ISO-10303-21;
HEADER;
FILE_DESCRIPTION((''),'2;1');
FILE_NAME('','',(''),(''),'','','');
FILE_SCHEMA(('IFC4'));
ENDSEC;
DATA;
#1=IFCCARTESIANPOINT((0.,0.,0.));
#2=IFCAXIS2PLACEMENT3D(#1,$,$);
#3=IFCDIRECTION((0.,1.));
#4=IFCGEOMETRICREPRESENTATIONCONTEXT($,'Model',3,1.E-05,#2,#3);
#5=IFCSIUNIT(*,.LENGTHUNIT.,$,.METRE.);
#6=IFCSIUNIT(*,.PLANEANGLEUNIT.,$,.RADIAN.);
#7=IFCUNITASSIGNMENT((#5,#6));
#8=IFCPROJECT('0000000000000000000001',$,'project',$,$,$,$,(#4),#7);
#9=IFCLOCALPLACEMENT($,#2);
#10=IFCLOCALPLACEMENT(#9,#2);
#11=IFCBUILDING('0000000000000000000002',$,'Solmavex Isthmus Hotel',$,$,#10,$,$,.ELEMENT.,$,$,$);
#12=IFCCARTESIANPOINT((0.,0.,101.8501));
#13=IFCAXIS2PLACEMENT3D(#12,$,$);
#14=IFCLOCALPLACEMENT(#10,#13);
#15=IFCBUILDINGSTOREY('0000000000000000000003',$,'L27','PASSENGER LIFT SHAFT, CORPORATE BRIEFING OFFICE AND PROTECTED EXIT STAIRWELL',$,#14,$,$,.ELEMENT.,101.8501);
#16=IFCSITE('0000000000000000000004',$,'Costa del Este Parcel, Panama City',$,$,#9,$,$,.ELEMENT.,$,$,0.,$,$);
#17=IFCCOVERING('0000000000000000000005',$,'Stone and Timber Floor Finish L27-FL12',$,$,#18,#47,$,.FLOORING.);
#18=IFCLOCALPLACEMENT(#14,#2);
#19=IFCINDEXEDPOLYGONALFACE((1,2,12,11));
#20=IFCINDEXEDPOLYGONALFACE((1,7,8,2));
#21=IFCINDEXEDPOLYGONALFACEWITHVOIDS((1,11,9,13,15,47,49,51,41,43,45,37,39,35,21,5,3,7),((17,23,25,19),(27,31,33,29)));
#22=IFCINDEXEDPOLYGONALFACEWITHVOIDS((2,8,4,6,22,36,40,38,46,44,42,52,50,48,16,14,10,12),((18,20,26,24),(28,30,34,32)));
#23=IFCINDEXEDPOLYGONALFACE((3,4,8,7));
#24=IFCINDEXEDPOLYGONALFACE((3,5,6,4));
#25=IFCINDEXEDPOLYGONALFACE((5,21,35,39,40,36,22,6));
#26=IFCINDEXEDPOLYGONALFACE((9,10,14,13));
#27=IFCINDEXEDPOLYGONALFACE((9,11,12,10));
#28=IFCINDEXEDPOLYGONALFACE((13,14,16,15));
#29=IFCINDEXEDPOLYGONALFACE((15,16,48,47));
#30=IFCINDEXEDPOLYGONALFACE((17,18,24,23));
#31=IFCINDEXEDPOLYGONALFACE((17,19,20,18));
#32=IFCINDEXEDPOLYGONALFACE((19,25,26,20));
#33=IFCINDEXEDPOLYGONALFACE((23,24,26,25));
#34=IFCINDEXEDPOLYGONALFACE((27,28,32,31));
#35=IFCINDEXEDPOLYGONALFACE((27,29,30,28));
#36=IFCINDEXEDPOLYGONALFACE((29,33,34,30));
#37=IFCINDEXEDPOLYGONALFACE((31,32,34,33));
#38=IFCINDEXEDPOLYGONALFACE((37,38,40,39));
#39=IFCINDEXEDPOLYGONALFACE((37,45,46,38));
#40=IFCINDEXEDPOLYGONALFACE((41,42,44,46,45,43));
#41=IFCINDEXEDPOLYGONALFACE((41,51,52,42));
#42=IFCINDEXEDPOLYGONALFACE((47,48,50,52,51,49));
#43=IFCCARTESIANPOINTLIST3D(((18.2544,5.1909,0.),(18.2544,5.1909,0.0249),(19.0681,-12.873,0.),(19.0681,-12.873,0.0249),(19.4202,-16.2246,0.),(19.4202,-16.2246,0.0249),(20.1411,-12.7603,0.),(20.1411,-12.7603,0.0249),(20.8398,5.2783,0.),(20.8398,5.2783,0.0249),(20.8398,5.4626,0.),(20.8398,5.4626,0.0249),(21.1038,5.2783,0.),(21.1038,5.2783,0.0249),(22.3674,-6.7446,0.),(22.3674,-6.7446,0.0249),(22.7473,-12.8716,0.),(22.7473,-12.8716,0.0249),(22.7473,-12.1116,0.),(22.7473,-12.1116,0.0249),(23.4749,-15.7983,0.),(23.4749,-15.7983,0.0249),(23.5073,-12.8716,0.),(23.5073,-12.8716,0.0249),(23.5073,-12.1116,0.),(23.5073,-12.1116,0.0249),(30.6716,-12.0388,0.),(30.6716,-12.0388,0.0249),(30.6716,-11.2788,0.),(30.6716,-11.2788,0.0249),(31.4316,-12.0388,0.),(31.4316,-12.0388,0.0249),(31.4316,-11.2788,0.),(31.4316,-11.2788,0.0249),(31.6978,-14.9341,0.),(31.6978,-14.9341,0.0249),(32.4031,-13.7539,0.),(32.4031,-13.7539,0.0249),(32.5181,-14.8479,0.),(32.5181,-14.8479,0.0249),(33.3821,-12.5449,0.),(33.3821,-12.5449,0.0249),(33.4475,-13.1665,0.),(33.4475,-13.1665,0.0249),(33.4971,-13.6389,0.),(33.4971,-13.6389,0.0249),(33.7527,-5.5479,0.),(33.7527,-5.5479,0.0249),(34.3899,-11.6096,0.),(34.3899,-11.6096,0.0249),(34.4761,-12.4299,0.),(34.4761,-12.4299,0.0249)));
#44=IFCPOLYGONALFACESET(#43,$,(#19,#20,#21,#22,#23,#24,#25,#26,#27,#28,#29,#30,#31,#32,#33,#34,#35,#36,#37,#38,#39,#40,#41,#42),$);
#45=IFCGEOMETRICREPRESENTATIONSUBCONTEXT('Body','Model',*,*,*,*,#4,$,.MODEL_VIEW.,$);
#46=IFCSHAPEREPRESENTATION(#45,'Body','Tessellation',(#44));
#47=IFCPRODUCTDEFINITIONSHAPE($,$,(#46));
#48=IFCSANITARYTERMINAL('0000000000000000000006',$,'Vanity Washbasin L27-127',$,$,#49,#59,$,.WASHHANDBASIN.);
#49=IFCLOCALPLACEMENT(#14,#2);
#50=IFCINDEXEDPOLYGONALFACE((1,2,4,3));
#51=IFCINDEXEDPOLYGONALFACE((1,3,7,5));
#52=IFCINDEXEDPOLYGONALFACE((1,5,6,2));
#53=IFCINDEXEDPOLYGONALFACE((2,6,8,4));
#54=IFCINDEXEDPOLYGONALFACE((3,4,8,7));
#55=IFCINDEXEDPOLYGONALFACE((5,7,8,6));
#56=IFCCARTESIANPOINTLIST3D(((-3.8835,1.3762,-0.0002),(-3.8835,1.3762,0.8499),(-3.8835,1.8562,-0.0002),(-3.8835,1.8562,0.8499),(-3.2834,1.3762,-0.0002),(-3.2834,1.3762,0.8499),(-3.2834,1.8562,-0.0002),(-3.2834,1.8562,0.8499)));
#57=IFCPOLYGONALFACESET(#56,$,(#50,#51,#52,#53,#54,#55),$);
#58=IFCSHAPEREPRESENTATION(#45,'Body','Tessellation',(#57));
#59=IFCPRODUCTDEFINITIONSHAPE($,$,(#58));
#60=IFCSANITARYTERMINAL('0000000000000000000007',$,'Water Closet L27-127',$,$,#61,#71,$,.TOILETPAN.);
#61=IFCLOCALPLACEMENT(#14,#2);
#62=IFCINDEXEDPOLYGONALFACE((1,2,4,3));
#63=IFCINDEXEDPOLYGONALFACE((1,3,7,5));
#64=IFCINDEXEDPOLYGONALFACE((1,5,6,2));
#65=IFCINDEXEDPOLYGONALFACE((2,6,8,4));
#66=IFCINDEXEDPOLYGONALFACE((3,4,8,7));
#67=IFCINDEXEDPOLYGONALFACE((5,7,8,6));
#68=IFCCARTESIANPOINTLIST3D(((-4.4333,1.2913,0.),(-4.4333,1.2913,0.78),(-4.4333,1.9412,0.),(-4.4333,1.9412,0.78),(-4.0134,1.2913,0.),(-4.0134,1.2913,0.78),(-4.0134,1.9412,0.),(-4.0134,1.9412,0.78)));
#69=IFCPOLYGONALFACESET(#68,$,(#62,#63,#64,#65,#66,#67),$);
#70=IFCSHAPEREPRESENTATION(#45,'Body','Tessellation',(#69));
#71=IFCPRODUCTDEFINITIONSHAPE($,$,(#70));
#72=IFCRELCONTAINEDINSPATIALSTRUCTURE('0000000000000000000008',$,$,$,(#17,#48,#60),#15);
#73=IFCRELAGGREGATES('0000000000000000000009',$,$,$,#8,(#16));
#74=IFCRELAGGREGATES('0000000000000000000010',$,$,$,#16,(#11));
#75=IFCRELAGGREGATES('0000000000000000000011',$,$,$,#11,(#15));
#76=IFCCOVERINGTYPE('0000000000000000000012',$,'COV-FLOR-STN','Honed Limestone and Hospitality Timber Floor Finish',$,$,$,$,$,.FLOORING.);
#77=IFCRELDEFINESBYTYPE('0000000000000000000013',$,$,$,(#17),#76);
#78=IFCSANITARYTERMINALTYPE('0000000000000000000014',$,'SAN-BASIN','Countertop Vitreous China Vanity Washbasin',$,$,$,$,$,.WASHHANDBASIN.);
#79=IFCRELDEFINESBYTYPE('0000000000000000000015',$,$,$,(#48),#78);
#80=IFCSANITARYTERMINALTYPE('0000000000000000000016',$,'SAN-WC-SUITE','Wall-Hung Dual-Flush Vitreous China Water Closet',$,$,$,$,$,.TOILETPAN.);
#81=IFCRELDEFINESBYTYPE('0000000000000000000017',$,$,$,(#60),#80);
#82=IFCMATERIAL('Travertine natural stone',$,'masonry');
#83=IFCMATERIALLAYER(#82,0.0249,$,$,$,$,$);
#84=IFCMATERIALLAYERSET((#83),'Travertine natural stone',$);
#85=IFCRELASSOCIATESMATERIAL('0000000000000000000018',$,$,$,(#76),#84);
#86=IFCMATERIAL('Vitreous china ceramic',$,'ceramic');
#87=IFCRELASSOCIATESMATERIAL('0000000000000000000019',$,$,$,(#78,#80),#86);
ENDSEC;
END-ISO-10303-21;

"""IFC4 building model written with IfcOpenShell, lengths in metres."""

from ifc_helpers import new_model, si_unit, direction, frame, origin, origin_2d, place, context, subcontext, project, spatial, polyline, rectangle, outline, extrude, material, layer, layer_set, type_object, element, save


model = new_model("IFC4")

# Units and contexts
model_context = context("Model", 3, precision=1e-05, world=origin(), true_north=direction((0.0, 1.0)))
body_context = subcontext(model_context, "Body", "Model", "MODEL_VIEW")
ifc_project = project(units=[si_unit("LENGTHUNIT", "METRE"), si_unit("PLANEANGLEUNIT", "RADIAN")], contexts=[model_context])

# Site, building, storey
site_placement = place(None, origin())
site = spatial("IfcSite", under=ifc_project, at=site_placement, Name="Costa del Este Parcel, Panama City", CompositionType="ELEMENT", RefElevation=0.0)
building_placement = place(site_placement, origin())
building = spatial("IfcBuilding", under=site, at=building_placement, Name="Solmavex Isthmus Hotel", CompositionType="ELEMENT")
storey_placement = place(building_placement, frame((0.0, 0.0, 101.8501)))
storey = spatial("IfcBuildingStorey", under=building, at=storey_placement, Name="L27", Description="PASSENGER LIFT SHAFT, CORPORATE BRIEFING OFFICE AND PROTECTED EXIT STAIRWELL", CompositionType="ELEMENT", Elevation=101.8501)

# Covering
ifc_material_1 = material(Name="Travertine natural stone", Category="masonry")
ifc_layer_1 = layer(ifc_material_1, 0.0249)
ifc_layer_set_1 = layer_set([ifc_layer_1], Name="Travertine natural stone")
covering_type_1 = type_object("IfcCoveringType", Name="COV-FLOR-STN", Description="Honed Limestone and Hospitality Timber Floor Finish", PredefinedType="FLOORING", material=ifc_layer_set_1)
covering_1_placement = place(storey_placement, origin())
element("IfcCovering", 1, at=covering_1_placement, inside=storey, type_object=covering_type_1, Name="Stone and Timber Floor Finish L27-FL12", PredefinedType="FLOORING", context=body_context, shape_type="SweptSolid", body=[
    extrude(outline(polyline([(21.1038, 5.2783), (20.8398, 5.2783), (20.8398, 5.4626), (18.2544, 5.1909), (20.1411, -12.7603), (19.0681, -12.873), (19.4202, -16.2246), (23.4749, -15.7983), (31.6978, -14.9341), (32.5181, -14.8479), (32.4031, -13.7539), (33.4971, -13.6389), (33.4475, -13.1665), (33.3821, -12.5449), (34.4761, -12.4299), (34.3899, -11.6096), (33.7527, -5.5479), (22.3674, -6.7446), (21.1038, 5.2783)]), holes=[polyline([(30.6716, -12.0388), (30.6716, -11.2788), (31.4316, -11.2788), (31.4316, -12.0388), (30.6716, -12.0388)]), polyline([(22.7473, -12.8716), (22.7473, -12.1116), (23.5073, -12.1116), (23.5073, -12.8716), (22.7473, -12.8716)])]), origin(), (0.0, 0.0, 1.0), 0.0249),
])

# Sanitary terminals
ifc_material_2 = material(Name="Vitreous china ceramic", Category="ceramic")
sanitary_terminal_type_1 = type_object("IfcSanitaryTerminalType", Name="SAN-BASIN", Description="Countertop Vitreous China Vanity Washbasin", PredefinedType="WASHHANDBASIN", material=ifc_material_2)
sanitary_terminal_1_placement = place(storey_placement, frame((-3.5835, 1.6162, -0.0002), z_axis=(0.0, 0.0, 1.0), x_axis=(1.0, 0.0, 0.0)))
element("IfcSanitaryTerminal", 2, at=sanitary_terminal_1_placement, inside=storey, type_object=sanitary_terminal_type_1, Name="Vanity Washbasin L27-127", PredefinedType="WASHHANDBASIN", context=body_context, shape_type="SweptSolid", body=[
    extrude(rectangle(XDim=0.6001, YDim=0.48, at=origin_2d()), origin(), (0.0, 0.0, 1.0), 0.8501),
])
sanitary_terminal_type_2 = type_object("IfcSanitaryTerminalType", Name="SAN-WC-SUITE", Description="Wall-Hung Dual-Flush Vitreous China Water Closet", PredefinedType="TOILETPAN", material=ifc_material_2)
sanitary_terminal_2_placement = place(storey_placement, frame((-4.2234, 1.6162, 0.0), z_axis=(0.0, 0.0, 1.0), x_axis=(1.0, 0.0, 0.0)))
element("IfcSanitaryTerminal", 3, at=sanitary_terminal_2_placement, inside=storey, type_object=sanitary_terminal_type_2, Name="Water Closet L27-127", PredefinedType="TOILETPAN", context=body_context, shape_type="SweptSolid", body=[
    extrude(rectangle(XDim=0.4199, YDim=0.6499, at=origin_2d()), origin(), (0.0, 0.0, 1.0), 0.78),
])

save(model, "model.ifc")
